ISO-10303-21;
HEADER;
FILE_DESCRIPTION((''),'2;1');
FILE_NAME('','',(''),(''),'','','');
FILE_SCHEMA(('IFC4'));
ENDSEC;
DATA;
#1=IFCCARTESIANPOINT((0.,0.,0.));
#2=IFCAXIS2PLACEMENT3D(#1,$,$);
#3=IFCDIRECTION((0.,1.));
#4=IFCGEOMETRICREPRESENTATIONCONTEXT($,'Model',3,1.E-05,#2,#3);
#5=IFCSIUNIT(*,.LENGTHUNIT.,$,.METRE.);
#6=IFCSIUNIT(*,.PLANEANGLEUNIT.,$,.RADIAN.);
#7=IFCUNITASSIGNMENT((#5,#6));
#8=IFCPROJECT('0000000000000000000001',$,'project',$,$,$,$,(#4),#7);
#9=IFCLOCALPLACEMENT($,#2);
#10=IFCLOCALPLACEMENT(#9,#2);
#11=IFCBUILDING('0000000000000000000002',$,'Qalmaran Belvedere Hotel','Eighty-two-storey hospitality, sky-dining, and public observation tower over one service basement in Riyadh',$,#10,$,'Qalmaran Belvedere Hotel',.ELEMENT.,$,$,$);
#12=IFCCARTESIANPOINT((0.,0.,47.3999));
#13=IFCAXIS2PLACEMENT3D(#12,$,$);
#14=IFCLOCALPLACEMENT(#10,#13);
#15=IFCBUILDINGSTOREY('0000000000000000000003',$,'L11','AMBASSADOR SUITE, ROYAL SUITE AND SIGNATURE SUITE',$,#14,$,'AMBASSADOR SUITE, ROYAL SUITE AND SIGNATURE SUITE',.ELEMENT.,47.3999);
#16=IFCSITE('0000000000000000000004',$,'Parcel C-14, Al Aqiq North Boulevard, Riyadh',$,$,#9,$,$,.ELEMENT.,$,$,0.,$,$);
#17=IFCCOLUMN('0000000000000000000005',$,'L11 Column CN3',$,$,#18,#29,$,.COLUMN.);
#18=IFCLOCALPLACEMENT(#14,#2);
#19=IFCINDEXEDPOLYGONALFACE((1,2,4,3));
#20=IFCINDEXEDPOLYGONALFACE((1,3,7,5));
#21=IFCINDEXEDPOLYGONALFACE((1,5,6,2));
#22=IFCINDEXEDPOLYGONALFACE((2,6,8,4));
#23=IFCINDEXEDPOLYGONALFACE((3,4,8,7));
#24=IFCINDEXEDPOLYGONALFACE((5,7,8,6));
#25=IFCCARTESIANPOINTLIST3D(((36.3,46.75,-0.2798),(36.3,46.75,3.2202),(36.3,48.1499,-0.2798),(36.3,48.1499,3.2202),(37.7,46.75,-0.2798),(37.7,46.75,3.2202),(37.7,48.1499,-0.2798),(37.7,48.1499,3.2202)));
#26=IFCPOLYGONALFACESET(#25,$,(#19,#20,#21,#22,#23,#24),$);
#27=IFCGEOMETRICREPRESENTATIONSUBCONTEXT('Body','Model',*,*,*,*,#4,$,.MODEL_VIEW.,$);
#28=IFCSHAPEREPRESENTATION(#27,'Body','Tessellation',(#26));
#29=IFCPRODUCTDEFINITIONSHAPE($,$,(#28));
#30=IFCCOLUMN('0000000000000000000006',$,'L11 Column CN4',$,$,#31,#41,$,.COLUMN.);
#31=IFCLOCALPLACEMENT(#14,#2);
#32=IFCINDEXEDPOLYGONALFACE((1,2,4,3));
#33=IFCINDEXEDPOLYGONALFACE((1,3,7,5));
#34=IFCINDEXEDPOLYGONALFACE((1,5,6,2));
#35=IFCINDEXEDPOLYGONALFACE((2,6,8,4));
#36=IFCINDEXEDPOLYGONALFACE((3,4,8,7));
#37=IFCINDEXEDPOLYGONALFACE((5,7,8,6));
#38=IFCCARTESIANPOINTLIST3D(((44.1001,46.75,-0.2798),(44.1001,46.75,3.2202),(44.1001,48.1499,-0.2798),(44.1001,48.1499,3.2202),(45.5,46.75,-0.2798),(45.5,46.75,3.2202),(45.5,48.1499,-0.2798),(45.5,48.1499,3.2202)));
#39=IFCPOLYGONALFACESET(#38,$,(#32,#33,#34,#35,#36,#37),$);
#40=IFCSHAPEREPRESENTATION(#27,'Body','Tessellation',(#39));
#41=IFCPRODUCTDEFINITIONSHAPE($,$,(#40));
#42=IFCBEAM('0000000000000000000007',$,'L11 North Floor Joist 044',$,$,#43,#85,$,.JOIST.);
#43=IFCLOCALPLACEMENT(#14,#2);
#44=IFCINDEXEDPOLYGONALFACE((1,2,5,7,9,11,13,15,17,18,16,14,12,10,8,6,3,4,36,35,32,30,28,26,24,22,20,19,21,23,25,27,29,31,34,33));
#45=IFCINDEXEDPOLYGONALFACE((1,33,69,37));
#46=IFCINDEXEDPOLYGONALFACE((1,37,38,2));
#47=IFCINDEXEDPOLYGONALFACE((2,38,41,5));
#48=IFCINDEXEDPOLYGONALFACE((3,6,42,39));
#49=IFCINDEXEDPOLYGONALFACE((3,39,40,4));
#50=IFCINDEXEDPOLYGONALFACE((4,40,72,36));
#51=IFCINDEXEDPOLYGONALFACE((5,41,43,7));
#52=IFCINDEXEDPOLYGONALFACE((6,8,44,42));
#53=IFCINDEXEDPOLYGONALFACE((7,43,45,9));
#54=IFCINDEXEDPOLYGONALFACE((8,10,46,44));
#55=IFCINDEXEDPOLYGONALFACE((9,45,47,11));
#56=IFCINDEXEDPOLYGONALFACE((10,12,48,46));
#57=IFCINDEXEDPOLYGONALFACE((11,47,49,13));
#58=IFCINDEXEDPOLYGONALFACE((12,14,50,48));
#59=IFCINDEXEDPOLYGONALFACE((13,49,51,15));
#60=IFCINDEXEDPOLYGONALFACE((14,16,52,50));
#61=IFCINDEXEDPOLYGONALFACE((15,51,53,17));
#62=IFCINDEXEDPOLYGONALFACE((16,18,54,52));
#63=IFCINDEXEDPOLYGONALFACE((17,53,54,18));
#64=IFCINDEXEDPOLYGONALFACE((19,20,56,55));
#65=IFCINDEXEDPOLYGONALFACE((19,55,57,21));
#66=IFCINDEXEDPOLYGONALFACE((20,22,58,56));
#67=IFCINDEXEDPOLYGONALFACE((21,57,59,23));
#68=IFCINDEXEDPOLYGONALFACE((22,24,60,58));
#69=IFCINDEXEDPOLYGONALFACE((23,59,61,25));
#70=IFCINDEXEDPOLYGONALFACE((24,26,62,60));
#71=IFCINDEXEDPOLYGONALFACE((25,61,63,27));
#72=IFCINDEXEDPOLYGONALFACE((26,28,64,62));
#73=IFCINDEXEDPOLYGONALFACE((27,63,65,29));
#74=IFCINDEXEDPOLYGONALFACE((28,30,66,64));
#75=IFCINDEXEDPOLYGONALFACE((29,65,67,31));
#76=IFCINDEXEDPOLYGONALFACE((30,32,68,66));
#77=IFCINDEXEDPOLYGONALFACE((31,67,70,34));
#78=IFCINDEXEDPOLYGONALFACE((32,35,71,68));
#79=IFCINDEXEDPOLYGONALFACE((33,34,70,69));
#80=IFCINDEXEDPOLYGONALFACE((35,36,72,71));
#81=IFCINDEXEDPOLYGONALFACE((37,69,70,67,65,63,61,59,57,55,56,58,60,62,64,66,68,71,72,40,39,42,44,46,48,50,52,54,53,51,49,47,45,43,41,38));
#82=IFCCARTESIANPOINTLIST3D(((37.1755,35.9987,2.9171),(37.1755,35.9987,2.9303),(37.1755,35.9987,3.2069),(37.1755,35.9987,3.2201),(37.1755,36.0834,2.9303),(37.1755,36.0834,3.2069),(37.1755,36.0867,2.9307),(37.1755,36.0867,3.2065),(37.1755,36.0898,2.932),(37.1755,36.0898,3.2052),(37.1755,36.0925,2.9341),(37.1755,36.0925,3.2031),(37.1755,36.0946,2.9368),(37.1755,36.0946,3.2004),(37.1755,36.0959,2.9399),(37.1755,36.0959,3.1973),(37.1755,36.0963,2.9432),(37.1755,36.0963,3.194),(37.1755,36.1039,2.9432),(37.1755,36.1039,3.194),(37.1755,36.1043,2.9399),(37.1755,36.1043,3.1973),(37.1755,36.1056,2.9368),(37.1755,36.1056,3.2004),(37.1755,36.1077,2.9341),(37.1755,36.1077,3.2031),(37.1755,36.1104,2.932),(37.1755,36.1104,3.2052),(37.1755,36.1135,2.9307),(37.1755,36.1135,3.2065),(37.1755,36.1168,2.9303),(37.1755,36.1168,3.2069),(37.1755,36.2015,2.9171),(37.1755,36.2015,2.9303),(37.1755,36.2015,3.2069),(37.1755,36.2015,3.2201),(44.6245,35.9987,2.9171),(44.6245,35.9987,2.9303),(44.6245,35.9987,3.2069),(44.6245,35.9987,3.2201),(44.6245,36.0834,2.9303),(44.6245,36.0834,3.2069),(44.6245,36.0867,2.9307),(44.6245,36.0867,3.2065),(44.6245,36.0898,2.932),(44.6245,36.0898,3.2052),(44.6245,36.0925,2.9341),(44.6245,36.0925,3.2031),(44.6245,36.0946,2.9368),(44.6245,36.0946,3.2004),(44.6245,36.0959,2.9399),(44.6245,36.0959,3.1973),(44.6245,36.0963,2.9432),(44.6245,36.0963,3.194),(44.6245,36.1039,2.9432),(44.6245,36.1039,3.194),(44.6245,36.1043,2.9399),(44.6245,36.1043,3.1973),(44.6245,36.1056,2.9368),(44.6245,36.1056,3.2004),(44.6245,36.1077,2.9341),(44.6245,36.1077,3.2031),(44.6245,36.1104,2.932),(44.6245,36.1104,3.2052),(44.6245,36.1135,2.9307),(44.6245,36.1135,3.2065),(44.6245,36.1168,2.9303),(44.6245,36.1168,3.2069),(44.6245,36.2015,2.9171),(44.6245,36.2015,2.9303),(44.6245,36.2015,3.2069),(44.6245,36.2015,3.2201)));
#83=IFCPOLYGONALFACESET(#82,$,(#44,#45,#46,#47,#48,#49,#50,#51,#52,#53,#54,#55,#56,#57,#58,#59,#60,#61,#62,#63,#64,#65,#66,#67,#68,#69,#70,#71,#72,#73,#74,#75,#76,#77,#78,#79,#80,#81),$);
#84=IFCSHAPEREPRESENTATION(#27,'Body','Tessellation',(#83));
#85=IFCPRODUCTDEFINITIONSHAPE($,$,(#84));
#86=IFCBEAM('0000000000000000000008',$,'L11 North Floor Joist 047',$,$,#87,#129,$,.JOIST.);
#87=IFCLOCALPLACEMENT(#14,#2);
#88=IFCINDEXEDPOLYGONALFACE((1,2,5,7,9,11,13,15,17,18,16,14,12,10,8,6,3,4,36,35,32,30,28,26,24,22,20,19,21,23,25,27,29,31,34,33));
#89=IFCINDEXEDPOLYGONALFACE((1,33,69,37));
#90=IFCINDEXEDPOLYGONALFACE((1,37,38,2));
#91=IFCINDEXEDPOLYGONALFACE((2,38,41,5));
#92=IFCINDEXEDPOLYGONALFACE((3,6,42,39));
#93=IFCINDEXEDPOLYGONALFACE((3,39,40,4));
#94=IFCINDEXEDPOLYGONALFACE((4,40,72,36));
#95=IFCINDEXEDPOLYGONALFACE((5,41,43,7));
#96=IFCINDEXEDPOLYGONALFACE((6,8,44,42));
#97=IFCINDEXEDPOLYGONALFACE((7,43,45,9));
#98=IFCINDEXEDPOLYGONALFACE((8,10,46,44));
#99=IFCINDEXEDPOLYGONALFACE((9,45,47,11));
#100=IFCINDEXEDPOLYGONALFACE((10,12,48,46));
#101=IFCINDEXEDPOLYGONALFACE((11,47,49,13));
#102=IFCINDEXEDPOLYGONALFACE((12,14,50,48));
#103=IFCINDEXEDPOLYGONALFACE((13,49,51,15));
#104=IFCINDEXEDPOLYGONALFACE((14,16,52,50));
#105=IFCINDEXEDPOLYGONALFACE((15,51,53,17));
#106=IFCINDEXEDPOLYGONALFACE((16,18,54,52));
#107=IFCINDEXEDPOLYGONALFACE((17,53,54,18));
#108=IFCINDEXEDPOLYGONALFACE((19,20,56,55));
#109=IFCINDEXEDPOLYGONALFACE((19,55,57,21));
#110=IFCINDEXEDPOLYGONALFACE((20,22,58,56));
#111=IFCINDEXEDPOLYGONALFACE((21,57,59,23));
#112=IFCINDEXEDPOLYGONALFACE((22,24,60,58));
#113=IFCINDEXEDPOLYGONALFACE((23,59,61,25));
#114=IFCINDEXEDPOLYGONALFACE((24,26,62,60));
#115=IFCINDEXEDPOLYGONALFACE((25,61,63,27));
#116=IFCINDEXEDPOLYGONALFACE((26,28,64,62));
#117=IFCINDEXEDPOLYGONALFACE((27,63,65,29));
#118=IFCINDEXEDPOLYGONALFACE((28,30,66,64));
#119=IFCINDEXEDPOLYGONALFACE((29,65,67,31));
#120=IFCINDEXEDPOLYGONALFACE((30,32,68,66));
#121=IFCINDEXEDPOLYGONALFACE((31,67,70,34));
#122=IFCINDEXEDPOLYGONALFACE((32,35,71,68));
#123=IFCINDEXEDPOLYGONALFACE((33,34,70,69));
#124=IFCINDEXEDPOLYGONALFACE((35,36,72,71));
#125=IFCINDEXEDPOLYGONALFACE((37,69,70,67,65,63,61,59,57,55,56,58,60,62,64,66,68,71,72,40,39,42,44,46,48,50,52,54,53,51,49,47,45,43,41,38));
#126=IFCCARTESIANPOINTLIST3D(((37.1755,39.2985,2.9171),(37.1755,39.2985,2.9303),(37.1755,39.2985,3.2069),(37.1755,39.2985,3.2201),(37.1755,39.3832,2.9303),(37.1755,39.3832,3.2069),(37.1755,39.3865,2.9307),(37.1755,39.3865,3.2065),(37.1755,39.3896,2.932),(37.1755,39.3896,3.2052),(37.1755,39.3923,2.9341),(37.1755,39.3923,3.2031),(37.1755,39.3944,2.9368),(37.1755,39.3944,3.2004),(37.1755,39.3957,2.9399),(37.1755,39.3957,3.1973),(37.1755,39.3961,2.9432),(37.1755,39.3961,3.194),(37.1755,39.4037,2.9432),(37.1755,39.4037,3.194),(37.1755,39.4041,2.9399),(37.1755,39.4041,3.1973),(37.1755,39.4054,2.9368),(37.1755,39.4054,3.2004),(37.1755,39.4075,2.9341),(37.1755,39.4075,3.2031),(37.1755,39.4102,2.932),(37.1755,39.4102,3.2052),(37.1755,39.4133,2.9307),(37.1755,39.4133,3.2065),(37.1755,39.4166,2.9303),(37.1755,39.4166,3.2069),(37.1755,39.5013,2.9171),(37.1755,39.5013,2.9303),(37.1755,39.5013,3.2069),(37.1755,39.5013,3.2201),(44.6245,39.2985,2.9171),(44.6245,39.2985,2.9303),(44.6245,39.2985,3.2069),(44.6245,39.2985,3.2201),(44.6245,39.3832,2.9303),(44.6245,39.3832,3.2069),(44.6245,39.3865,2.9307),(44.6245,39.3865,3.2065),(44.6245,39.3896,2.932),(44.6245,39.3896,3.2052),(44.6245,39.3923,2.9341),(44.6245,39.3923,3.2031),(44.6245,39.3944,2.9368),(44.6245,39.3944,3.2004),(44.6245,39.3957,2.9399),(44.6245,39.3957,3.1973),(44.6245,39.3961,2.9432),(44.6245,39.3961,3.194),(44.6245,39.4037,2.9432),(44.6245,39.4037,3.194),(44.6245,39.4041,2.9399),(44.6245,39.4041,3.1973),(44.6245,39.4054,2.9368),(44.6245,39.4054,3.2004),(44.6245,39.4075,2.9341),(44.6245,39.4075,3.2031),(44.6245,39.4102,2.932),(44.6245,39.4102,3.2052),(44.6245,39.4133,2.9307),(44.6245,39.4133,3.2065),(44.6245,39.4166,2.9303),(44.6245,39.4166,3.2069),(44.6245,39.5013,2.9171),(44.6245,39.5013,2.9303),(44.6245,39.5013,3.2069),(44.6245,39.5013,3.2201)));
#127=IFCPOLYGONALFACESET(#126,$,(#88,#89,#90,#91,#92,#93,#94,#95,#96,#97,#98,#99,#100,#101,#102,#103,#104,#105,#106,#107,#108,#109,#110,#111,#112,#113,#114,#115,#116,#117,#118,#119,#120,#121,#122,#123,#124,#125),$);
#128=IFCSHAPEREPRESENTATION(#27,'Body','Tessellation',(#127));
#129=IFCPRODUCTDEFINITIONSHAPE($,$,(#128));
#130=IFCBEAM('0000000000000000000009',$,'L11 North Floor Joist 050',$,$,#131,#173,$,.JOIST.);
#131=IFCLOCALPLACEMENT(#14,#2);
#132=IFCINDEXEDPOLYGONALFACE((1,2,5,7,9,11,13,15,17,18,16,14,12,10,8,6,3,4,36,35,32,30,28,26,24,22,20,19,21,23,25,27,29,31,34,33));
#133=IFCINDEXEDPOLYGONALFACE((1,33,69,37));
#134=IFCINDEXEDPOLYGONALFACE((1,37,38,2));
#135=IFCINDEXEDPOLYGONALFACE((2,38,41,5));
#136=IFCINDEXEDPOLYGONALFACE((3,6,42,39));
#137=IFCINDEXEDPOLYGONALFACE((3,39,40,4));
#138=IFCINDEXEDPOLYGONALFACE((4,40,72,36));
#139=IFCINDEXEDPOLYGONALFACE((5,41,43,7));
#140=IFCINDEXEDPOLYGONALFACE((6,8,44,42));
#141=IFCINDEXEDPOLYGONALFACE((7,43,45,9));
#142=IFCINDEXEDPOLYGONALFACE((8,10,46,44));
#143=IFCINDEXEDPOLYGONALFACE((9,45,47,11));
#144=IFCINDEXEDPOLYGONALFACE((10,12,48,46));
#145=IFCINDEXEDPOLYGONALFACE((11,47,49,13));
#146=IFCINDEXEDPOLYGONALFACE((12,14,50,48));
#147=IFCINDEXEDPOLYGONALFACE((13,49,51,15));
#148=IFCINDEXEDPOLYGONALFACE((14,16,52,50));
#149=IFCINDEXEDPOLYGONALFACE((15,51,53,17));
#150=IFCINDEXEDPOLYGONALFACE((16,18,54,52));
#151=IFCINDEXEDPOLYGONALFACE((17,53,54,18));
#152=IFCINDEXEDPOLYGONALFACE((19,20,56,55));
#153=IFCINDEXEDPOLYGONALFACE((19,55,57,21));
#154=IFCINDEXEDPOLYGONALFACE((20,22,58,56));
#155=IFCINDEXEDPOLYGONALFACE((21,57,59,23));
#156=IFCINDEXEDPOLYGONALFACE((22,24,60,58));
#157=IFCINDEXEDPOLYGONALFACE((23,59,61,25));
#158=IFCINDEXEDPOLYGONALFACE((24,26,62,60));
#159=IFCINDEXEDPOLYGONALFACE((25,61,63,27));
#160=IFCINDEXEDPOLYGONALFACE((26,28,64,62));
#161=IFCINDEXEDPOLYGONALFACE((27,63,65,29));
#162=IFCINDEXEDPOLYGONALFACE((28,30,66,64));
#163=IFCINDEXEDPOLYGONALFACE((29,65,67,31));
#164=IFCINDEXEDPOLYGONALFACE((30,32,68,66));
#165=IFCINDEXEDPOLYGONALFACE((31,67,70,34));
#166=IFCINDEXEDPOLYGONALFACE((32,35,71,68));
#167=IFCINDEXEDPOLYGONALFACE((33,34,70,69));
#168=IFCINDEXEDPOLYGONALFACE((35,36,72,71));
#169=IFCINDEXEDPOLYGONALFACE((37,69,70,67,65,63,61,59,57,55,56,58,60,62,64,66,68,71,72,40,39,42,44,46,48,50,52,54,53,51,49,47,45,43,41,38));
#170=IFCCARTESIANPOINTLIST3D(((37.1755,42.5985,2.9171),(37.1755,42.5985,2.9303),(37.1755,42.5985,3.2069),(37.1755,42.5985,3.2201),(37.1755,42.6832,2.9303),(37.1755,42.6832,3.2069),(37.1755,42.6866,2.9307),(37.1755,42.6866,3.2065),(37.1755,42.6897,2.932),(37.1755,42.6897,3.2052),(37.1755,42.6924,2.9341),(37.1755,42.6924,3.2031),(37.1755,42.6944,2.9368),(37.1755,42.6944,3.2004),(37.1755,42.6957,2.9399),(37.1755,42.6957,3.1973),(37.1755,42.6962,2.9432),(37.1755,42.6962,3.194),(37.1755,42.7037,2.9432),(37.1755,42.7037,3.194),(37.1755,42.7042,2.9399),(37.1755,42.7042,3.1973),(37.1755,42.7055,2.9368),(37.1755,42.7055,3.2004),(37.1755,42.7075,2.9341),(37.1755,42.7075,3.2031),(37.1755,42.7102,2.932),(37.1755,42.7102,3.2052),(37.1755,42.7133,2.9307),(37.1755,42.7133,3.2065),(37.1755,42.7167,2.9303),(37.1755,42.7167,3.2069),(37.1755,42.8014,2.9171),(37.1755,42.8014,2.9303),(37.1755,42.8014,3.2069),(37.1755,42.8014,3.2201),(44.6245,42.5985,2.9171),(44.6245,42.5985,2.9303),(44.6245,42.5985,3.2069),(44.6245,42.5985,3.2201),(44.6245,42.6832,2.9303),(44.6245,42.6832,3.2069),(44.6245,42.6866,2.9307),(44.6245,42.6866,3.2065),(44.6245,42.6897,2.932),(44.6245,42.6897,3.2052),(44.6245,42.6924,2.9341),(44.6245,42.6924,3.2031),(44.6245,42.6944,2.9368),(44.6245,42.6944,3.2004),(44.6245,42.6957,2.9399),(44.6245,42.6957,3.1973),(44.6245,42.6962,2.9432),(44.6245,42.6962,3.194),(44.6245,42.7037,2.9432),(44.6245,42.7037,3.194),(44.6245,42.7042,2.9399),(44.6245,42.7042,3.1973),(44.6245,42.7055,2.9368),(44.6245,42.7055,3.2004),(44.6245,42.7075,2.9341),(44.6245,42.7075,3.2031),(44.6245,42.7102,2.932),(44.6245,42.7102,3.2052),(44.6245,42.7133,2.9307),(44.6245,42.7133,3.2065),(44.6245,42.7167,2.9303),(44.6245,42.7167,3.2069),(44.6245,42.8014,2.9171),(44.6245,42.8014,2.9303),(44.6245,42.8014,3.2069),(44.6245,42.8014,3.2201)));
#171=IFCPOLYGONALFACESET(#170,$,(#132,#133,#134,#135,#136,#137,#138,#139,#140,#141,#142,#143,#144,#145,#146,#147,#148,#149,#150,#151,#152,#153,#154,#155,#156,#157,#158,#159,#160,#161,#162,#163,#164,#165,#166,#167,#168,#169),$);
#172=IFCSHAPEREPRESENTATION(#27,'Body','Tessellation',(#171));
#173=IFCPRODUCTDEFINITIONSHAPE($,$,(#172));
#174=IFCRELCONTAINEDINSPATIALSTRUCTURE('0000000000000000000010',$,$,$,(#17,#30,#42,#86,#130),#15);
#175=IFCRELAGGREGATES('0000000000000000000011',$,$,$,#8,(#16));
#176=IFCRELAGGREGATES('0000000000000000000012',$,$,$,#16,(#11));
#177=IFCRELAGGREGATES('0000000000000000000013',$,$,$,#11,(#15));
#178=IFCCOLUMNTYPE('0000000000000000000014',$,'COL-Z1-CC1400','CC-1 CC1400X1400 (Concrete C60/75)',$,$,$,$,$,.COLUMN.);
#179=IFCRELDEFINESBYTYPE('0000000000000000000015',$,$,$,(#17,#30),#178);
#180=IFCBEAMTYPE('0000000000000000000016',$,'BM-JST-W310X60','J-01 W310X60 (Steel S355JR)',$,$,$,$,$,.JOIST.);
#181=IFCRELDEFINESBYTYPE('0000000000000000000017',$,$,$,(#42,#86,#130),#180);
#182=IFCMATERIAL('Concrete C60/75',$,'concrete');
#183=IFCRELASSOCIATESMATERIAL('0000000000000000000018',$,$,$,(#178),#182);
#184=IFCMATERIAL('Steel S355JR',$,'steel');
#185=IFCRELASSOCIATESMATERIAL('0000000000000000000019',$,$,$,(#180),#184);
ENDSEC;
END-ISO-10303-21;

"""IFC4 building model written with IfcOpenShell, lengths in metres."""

from ifc_helpers import new_model, si_unit, direction, frame, origin, origin_2d, place, context, subcontext, project, spatial, rectangle, i_section, extrude, material, material_profile, profile_set, type_object, element, save


model = new_model("IFC4")

# Units and contexts
model_context = context("Model", 3, precision=1e-05, world=origin(), true_north=direction((0.0, 1.0)))
body_context = subcontext(model_context, "Body", "Model", "MODEL_VIEW")
ifc_project = project(units=[si_unit("LENGTHUNIT", "METRE"), si_unit("PLANEANGLEUNIT", "RADIAN")], contexts=[model_context])

# Site, building, storey
site_placement = place(None, origin())
site = spatial("IfcSite", under=ifc_project, at=site_placement, Name="Parcel C-14, Al Aqiq North Boulevard, Riyadh", CompositionType="ELEMENT", RefElevation=0.0)
building_placement = place(site_placement, origin())
building = spatial("IfcBuilding", under=site, at=building_placement, Name="Qalmaran Belvedere Hotel", Description="Eighty-two-storey hospitality, sky-dining, and public observation tower over one service basement in Riyadh", LongName="Qalmaran Belvedere Hotel", CompositionType="ELEMENT")
storey_placement = place(building_placement, frame((0.0, 0.0, 47.3999)))
storey = spatial("IfcBuildingStorey", under=building, at=storey_placement, Name="L11", Description="AMBASSADOR SUITE, ROYAL SUITE AND SIGNATURE SUITE", LongName="AMBASSADOR SUITE, ROYAL SUITE AND SIGNATURE SUITE", CompositionType="ELEMENT", Elevation=47.3999)

# Columns
ifc_material_1 = material(Name="Concrete C60/75", Category="concrete")
ifc_material_profile_1 = material_profile(ifc_material_1, rectangle(XDim=1.3999, YDim=1.3999, at=origin_2d()), Name="CC1400X1400")
ifc_profile_set_1 = profile_set([ifc_material_profile_1], Name="Concrete C60/75")
column_type = type_object("IfcColumnType", Name="COL-Z1-CC1400", Description="CC-1 CC1400X1400 (Concrete C60/75)", PredefinedType="COLUMN", material=ifc_profile_set_1)
for number, where, z_axis, x_axis, name in (
    (1, (37.0, 47.45, -0.2798), (0.0, 0.0, 1.0), (1.0, 0.0, 0.0), "L11 Column CN3"),
    (2, (44.8, 47.45, -0.2798), (0.0, 0.0, 1.0), (1.0, 0.0, 0.0), "L11 Column CN4"),
):
    element("IfcColumn", number, at=place(storey_placement, frame(where, z_axis=z_axis, x_axis=x_axis)), inside=storey, type_object=column_type, Name=name, PredefinedType="COLUMN", context=body_context, shape_type="SweptSolid", body=[
        extrude(rectangle(XDim=1.3999, YDim=1.3999, at=origin_2d()), origin(), (0.0, 0.0, 1.0), 3.5),
    ])

# Beams
ifc_material_2 = material(Name="Steel S355JR", Category="steel")
ifc_material_profile_2 = material_profile(ifc_material_2, i_section(OverallWidth=0.2029, OverallDepth=0.303, WebThickness=0.0076, FlangeThickness=0.0132, FilletRadius=0.0129, at=origin_2d()), Name="W310X60")
ifc_profile_set_2 = profile_set([ifc_material_profile_2], Name="Steel S355JR")
beam_type_1 = type_object("IfcBeamType", Name="BM-JST-W310X60", Description="J-01 W310X60 (Steel S355JR)", PredefinedType="JOIST", material=ifc_profile_set_2)
for number, where, z_axis, x_axis, name in (
    (3, (37.1755, 36.1001, 3.0686), (1.0, 0.0, 0.0), (0.0, 1.0, 0.0), "L11 North Floor Joist 044"),
    (4, (37.1755, 39.3999, 3.0686), (1.0, 0.0, 0.0), (0.0, 1.0, 0.0), "L11 North Floor Joist 047"),
    (5, (37.1755, 42.7, 3.0686), (1.0, 0.0, 0.0), (0.0, 1.0, 0.0), "L11 North Floor Joist 050"),
):
    element("IfcBeam", number, at=place(storey_placement, frame(where, z_axis=z_axis, x_axis=x_axis)), inside=storey, type_object=beam_type_1, Name=name, PredefinedType="JOIST", context=body_context, shape_type="SweptSolid", body=[
        extrude(i_section(OverallWidth=0.2029, OverallDepth=0.303, WebThickness=0.0076, FlangeThickness=0.0132, FilletRadius=0.0129, at=origin_2d()), origin(), (0.0, 0.0, 1.0), 7.449),
    ])

save(model, "model.ifc")
